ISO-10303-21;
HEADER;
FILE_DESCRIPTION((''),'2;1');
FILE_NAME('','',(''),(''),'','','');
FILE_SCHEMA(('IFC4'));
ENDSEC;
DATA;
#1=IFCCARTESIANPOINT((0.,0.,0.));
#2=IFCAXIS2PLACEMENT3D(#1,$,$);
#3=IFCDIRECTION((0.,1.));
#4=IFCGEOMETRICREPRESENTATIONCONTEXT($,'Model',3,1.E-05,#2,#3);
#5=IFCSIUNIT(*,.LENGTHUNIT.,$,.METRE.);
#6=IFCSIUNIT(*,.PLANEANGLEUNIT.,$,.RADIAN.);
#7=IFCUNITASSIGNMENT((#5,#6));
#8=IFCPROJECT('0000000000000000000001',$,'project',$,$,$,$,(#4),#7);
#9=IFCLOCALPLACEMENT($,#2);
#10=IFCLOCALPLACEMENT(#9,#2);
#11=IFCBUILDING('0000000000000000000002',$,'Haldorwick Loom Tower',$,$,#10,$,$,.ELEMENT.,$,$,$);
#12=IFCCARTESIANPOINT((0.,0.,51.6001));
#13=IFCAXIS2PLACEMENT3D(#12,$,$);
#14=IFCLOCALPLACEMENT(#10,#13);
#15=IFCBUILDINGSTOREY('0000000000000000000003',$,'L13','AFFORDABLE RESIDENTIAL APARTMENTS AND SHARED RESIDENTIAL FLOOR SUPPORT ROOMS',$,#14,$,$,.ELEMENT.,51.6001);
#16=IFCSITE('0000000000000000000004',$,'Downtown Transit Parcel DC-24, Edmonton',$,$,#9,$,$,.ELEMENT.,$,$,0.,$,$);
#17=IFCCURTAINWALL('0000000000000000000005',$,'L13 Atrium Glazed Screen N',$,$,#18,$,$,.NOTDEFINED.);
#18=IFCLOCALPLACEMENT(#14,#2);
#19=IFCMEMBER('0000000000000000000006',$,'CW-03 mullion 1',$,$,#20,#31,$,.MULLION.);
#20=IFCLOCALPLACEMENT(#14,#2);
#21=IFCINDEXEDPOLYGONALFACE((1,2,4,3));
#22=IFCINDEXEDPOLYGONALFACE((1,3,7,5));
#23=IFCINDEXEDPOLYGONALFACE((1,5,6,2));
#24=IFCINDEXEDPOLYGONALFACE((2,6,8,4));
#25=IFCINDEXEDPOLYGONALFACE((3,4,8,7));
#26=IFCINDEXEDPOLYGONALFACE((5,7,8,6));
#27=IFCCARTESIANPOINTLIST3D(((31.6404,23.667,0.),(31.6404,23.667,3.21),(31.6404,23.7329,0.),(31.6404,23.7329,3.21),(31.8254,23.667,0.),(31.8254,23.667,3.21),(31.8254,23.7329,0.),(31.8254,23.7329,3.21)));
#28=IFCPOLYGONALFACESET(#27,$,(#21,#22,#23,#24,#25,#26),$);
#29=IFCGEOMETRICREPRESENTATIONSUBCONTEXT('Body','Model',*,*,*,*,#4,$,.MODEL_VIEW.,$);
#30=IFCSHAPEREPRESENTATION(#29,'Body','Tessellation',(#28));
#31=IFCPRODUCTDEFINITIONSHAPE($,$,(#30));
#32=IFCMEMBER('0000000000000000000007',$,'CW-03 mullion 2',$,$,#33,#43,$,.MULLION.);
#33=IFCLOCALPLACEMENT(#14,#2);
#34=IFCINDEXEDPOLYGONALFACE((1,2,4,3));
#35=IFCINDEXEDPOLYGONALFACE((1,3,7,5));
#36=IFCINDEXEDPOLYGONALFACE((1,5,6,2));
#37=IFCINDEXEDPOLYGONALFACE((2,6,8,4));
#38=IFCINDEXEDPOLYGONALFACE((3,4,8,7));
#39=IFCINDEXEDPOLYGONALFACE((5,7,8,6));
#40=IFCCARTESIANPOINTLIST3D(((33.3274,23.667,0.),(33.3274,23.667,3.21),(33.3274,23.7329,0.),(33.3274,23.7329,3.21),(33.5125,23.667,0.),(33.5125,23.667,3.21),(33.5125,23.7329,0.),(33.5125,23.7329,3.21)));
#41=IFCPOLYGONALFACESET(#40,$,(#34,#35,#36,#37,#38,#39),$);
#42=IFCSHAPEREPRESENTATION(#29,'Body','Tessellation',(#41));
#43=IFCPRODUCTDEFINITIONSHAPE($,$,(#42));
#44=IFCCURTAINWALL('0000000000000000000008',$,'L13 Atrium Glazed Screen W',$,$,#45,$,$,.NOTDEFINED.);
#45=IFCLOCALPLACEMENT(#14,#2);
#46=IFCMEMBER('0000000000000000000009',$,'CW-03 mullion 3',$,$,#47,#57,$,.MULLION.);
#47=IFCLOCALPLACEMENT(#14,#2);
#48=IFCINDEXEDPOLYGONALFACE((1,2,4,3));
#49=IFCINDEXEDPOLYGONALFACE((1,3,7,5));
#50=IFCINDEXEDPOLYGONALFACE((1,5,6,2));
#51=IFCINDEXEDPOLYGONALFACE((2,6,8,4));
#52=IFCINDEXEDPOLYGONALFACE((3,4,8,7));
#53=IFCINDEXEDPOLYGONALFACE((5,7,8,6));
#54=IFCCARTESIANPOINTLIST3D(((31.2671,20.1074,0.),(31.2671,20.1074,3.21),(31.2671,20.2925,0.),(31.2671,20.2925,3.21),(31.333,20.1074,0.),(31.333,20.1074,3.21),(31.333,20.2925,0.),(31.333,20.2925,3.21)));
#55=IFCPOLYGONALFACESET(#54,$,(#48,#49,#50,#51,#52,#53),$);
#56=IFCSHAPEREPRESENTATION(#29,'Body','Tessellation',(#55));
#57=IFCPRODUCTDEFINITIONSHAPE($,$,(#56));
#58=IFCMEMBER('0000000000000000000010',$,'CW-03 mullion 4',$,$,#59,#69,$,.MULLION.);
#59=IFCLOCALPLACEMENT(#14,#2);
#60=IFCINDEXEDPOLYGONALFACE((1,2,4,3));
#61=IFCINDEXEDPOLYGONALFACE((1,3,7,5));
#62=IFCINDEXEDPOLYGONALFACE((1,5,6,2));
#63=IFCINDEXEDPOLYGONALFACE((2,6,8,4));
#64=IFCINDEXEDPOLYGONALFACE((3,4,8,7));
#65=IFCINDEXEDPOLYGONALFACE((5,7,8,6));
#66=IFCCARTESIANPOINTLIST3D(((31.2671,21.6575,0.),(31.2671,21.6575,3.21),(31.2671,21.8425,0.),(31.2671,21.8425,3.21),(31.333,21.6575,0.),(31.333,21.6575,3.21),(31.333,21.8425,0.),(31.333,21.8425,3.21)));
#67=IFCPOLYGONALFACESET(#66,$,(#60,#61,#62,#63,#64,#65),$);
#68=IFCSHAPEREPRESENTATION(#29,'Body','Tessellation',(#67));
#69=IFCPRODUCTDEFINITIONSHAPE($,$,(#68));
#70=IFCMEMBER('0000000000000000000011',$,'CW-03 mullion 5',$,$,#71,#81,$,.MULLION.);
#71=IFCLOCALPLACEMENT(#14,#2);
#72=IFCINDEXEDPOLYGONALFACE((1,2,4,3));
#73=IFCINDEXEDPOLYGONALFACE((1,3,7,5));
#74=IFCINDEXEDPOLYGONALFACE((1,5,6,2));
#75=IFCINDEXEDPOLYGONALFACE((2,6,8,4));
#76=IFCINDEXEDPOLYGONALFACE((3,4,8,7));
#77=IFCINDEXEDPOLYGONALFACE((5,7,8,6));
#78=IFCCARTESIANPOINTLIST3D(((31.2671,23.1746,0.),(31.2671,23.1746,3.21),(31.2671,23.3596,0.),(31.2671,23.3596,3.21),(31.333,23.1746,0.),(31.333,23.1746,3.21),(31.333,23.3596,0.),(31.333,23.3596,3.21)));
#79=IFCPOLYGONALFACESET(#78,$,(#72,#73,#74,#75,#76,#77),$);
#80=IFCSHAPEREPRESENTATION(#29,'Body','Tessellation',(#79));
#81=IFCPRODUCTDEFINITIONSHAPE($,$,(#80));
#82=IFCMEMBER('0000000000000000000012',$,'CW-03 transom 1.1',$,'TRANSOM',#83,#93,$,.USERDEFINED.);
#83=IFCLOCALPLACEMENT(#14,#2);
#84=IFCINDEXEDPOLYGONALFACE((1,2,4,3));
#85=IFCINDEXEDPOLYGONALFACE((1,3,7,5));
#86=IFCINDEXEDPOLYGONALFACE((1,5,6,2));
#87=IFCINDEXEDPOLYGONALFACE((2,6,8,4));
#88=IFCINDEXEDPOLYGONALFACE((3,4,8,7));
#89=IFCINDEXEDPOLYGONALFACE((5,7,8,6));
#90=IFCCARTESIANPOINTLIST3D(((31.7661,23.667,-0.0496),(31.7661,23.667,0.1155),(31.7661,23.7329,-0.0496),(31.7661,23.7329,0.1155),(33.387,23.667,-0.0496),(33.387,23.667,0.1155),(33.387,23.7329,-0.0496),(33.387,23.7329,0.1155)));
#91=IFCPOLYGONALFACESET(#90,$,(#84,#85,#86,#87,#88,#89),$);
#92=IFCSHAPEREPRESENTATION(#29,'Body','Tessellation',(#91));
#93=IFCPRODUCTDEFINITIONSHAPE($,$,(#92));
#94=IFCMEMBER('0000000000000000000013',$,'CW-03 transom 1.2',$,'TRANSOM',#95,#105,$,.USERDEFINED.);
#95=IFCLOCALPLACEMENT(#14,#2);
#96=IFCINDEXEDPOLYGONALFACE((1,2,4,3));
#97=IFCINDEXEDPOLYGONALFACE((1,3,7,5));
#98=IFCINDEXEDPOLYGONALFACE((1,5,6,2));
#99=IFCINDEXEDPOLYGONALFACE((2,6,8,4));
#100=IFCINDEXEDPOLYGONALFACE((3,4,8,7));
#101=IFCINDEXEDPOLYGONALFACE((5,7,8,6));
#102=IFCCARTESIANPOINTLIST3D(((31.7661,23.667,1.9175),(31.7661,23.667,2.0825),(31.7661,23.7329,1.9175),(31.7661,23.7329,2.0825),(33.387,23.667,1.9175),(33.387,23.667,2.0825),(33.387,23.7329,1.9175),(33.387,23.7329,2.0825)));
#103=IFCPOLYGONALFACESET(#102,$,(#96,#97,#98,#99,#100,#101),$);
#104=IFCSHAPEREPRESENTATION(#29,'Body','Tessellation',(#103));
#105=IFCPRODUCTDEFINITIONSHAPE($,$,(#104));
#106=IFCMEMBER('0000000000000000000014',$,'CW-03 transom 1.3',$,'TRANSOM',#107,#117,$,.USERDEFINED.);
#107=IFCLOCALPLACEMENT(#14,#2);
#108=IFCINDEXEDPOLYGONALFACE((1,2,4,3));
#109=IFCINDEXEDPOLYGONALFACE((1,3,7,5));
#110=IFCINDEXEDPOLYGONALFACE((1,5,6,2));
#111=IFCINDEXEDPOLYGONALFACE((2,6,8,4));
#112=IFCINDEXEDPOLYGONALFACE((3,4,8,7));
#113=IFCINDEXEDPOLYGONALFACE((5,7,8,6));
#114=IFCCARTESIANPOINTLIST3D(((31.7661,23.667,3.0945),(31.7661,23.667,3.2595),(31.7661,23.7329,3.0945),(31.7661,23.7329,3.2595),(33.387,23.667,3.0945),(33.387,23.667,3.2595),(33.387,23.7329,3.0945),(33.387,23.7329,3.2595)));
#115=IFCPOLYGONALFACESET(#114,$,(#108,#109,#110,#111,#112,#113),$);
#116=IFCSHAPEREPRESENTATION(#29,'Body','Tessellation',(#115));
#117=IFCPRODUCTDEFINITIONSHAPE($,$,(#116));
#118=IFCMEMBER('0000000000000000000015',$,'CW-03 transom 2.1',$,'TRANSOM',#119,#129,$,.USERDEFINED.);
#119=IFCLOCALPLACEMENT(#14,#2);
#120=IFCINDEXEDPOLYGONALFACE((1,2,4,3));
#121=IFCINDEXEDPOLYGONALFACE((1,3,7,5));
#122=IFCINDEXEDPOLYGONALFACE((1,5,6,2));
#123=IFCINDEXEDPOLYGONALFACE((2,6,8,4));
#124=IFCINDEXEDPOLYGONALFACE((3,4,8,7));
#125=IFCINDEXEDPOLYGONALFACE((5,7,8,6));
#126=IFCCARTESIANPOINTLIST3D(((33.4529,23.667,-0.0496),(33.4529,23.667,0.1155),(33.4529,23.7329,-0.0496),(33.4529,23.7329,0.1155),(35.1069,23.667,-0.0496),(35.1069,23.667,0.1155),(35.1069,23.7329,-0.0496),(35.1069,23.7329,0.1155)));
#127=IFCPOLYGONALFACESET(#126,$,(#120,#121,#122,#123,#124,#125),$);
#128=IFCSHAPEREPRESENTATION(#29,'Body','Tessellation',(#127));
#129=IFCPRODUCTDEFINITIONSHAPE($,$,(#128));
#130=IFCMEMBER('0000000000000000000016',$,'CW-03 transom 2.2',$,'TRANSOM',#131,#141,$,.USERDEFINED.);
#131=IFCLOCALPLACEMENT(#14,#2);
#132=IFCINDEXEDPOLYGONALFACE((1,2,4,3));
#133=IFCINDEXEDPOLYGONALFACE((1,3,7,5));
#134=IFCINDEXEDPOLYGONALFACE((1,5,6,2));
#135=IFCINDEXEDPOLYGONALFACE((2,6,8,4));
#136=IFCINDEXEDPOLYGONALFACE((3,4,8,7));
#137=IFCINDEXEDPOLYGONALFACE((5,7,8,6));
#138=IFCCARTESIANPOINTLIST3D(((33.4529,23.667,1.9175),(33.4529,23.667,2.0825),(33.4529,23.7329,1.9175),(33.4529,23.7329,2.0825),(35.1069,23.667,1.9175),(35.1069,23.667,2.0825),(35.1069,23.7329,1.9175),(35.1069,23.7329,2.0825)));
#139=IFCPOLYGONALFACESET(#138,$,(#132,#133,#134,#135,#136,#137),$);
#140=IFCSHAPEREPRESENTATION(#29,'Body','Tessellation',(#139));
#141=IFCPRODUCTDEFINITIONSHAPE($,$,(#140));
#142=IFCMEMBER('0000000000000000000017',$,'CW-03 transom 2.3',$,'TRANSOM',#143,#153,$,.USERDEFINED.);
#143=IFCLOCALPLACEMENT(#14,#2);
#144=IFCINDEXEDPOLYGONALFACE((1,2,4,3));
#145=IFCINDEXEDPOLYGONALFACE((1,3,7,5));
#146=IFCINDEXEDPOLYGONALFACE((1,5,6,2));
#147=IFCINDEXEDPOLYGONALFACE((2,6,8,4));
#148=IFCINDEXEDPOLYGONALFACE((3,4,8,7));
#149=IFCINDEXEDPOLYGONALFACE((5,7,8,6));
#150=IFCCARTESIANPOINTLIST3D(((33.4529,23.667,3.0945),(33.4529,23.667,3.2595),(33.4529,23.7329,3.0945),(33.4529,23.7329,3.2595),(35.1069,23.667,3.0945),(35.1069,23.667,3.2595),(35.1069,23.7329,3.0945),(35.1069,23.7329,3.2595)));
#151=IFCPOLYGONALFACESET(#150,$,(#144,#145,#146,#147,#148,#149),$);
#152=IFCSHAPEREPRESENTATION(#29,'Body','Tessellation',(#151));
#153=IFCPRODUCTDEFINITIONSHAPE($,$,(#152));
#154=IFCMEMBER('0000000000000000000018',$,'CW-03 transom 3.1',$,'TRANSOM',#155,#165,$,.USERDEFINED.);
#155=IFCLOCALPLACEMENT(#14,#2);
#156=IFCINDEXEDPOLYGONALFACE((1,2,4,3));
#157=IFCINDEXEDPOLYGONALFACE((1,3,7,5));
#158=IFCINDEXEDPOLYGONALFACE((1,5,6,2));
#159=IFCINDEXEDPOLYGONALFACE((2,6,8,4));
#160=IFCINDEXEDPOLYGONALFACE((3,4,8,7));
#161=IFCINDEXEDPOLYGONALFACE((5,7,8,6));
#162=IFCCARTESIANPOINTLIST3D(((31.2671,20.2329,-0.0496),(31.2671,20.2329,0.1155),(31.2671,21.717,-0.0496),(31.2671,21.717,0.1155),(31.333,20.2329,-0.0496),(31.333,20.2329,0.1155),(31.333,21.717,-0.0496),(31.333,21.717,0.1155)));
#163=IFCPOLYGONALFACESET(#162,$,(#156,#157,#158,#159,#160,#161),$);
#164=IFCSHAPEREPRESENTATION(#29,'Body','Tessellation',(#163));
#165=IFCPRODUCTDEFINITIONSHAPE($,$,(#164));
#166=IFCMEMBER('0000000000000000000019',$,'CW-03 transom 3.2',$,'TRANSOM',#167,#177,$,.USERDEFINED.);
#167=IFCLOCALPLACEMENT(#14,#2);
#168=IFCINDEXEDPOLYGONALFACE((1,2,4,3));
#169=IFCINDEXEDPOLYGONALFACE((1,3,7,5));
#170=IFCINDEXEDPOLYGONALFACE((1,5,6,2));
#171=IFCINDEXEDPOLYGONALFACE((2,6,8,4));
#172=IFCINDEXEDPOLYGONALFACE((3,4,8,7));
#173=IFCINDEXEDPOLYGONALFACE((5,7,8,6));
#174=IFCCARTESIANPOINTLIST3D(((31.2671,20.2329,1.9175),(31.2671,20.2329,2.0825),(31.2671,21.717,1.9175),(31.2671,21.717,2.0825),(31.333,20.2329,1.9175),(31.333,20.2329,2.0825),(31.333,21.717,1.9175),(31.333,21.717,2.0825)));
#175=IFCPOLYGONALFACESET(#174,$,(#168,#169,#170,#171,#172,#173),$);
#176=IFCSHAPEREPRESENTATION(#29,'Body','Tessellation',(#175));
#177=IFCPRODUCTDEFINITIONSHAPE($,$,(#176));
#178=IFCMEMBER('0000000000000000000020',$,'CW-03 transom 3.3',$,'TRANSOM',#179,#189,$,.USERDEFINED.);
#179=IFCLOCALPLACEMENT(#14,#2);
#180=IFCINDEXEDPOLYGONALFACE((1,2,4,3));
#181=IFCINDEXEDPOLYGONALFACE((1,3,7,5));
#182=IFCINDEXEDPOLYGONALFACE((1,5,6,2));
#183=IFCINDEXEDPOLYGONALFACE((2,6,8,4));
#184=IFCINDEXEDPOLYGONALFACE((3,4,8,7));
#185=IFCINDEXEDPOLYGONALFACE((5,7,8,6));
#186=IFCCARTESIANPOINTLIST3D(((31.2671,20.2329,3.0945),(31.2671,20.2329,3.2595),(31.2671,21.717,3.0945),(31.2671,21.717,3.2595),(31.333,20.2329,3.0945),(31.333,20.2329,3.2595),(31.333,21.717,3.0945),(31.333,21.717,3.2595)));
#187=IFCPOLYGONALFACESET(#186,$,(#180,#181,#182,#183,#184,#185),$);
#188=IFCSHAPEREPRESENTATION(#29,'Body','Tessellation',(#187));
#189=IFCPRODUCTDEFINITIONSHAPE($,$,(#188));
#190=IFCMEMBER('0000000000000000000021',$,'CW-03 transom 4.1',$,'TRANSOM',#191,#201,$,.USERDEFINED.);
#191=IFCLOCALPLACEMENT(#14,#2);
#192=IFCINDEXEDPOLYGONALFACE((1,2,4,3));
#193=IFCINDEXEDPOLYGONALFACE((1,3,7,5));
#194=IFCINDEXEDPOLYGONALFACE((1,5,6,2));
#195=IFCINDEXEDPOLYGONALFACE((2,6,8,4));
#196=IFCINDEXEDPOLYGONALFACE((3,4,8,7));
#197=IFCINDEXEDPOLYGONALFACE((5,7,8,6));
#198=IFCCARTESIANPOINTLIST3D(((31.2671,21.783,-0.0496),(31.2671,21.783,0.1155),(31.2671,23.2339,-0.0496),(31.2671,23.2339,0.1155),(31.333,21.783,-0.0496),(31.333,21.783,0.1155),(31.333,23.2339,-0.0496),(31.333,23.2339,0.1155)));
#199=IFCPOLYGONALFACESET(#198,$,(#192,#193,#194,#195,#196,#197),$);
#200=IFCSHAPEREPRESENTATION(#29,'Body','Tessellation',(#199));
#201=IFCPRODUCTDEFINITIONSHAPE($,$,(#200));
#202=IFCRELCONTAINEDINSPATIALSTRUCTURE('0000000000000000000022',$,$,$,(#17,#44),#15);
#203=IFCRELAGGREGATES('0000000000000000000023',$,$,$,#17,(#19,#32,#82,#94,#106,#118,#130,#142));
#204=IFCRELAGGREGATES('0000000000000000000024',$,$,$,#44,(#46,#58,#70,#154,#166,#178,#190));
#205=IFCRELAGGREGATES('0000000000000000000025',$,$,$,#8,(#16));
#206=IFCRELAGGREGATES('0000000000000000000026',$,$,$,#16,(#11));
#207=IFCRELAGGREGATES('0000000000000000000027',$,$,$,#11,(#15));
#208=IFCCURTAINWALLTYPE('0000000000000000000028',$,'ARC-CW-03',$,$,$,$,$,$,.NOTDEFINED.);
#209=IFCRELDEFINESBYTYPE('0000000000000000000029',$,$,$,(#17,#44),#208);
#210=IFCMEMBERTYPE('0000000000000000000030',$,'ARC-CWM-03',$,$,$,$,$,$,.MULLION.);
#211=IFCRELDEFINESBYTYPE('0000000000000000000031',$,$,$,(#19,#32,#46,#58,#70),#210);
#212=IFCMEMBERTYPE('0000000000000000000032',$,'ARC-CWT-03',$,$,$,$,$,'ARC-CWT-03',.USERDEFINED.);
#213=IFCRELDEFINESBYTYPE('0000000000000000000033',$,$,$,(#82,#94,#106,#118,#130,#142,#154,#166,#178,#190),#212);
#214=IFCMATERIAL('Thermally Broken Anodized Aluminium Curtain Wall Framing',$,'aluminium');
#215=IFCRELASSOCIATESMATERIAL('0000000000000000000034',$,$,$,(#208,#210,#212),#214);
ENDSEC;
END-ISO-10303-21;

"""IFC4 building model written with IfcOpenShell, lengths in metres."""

from ifc_helpers import new_model, si_unit, direction, frame, origin, origin_2d, place, context, subcontext, project, spatial, rectangle, extrude, material, material_profile, profile_set, type_object, element, aggregate, save


model = new_model("IFC4")

# Units and contexts
model_context = context("Model", 3, precision=1e-05, world=origin(), true_north=direction((0.0, 1.0)))
body_context = subcontext(model_context, "Body", "Model", "MODEL_VIEW")
ifc_project = project(units=[si_unit("LENGTHUNIT", "METRE"), si_unit("PLANEANGLEUNIT", "RADIAN")], contexts=[model_context])

# Site, building, storey
site_placement = place(None, origin())
site = spatial("IfcSite", under=ifc_project, at=site_placement, Name="Downtown Transit Parcel DC-24, Edmonton", CompositionType="ELEMENT", RefElevation=0.0)
building_placement = place(site_placement, origin())
building = spatial("IfcBuilding", under=site, at=building_placement, Name="Haldorwick Loom Tower", CompositionType="ELEMENT")
storey_placement = place(building_placement, frame((0.0, 0.0, 51.6001)))
storey = spatial("IfcBuildingStorey", under=building, at=storey_placement, Name="L13", Description="AFFORDABLE RESIDENTIAL APARTMENTS AND SHARED RESIDENTIAL FLOOR SUPPORT ROOMS", CompositionType="ELEMENT", Elevation=51.6001)

# Curtain walls, members
ifc_material_1 = material(Name="Thermally Broken Anodized Aluminium Curtain Wall Framing", Category="aluminium")
curtain_wall_type = type_object("IfcCurtainWallType", Name="ARC-CW-03", PredefinedType="NOTDEFINED", material=ifc_material_1)
curtain_wall_1_placement = place(storey_placement, origin())
curtain_wall_1 = element("IfcCurtainWall", 1, at=curtain_wall_1_placement, inside=storey, type_object=curtain_wall_type, Name="L13 Atrium Glazed Screen N", PredefinedType="NOTDEFINED")
ifc_material_profile_1 = material_profile(ifc_material_1, rectangle(XDim=0.0659, YDim=0.1851, at=origin_2d()), Name="ALU_MUL_66X185", Category="aluminium")
ifc_profile_set_1 = profile_set([ifc_material_profile_1], Name="Thermally Broken Anodized Aluminium Curtain Wall Framing")
member_type_1 = type_object("IfcMemberType", Name="ARC-CWM-03", PredefinedType="MULLION", material=ifc_profile_set_1)
member_1_placement = place(storey_placement, frame((31.7329, 23.7, 0.0), z_axis=(0.0, 0.0, 1.0), x_axis=(0.0, 1.0, 0.0)))
member_1 = element("IfcMember", 2, at=member_1_placement, type_object=member_type_1, Name="CW-03 mullion 1", PredefinedType="MULLION", context=body_context, shape_type="SweptSolid", body=[
    extrude(rectangle(XDim=0.0659, YDim=0.1851, at=origin_2d()), origin(), (0.0, 0.0, 1.0), 3.21),
])
member_2_placement = place(storey_placement, frame((33.4199, 23.7, 0.0), z_axis=(0.0, 0.0, 1.0), x_axis=(0.0, 1.0, 0.0)))
member_2 = element("IfcMember", 3, at=member_2_placement, type_object=member_type_1, Name="CW-03 mullion 2", PredefinedType="MULLION", context=body_context, shape_type="SweptSolid", body=[
    extrude(rectangle(XDim=0.0659, YDim=0.1851, at=origin_2d()), origin(), (0.0, 0.0, 1.0), 3.21),
])
curtain_wall_2_placement = place(storey_placement, origin())
curtain_wall_2 = element("IfcCurtainWall", 4, at=curtain_wall_2_placement, inside=storey, type_object=curtain_wall_type, Name="L13 Atrium Glazed Screen W", PredefinedType="NOTDEFINED")
member_3_placement = place(storey_placement, frame((31.3, 20.2, 0.0), z_axis=(0.0, 0.0, 1.0), x_axis=(-1.0, 0.0, 0.0)))
member_3 = element("IfcMember", 5, at=member_3_placement, type_object=member_type_1, Name="CW-03 mullion 3", PredefinedType="MULLION", context=body_context, shape_type="SweptSolid", body=[
    extrude(rectangle(XDim=0.0659, YDim=0.1851, at=origin_2d()), origin(), (0.0, 0.0, 1.0), 3.21),
])
member_4_placement = place(storey_placement, frame((31.3, 21.75, 0.0), z_axis=(0.0, 0.0, 1.0), x_axis=(-1.0, 0.0, 0.0)))
member_4 = element("IfcMember", 6, at=member_4_placement, type_object=member_type_1, Name="CW-03 mullion 4", PredefinedType="MULLION", context=body_context, shape_type="SweptSolid", body=[
    extrude(rectangle(XDim=0.0659, YDim=0.1851, at=origin_2d()), origin(), (0.0, 0.0, 1.0), 3.21),
])
member_5_placement = place(storey_placement, frame((31.3, 23.2671, 0.0), z_axis=(0.0, 0.0, 1.0), x_axis=(-1.0, 0.0, 0.0)))
member_5 = element("IfcMember", 7, at=member_5_placement, type_object=member_type_1, Name="CW-03 mullion 5", PredefinedType="MULLION", context=body_context, shape_type="SweptSolid", body=[
    extrude(rectangle(XDim=0.0659, YDim=0.1851, at=origin_2d()), origin(), (0.0, 0.0, 1.0), 3.21),
])

# Members
ifc_material_profile_2 = material_profile(ifc_material_1, rectangle(XDim=0.0659, YDim=0.165, at=origin_2d()), Name="ALU_TRN_66X165", Category="aluminium")
ifc_profile_set_2 = profile_set([ifc_material_profile_2], Name="Thermally Broken Anodized Aluminium Curtain Wall Framing")
member_type_2 = type_object("IfcMemberType", Name="ARC-CWT-03", ElementType="ARC-CWT-03", PredefinedType="USERDEFINED", material=ifc_profile_set_2)
member_6_placement = place(storey_placement, frame((31.7661, 23.7, 0.033), z_axis=(1.0, 0.0, 0.0), x_axis=(0.0, 1.0, 0.0)))
member_6 = element("IfcMember", 8, at=member_6_placement, type_object=member_type_2, Name="CW-03 transom 1.1", ObjectType="TRANSOM", PredefinedType="USERDEFINED", context=body_context, shape_type="SweptSolid", body=[
    extrude(rectangle(XDim=0.0659, YDim=0.165, at=origin_2d()), origin(), (0.0, 0.0, 1.0), 1.6208),
])
member_7_placement = place(storey_placement, frame((31.7661, 23.7, 2.0), z_axis=(1.0, 0.0, 0.0), x_axis=(0.0, 1.0, 0.0)))
member_7 = element("IfcMember", 9, at=member_7_placement, type_object=member_type_2, Name="CW-03 transom 1.2", ObjectType="TRANSOM", PredefinedType="USERDEFINED", context=body_context, shape_type="SweptSolid", body=[
    extrude(rectangle(XDim=0.0659, YDim=0.165, at=origin_2d()), origin(), (0.0, 0.0, 1.0), 1.6208),
])
member_8_placement = place(storey_placement, frame((31.7661, 23.7, 3.177), z_axis=(1.0, 0.0, 0.0), x_axis=(0.0, 1.0, 0.0)))
member_8 = element("IfcMember", 10, at=member_8_placement, type_object=member_type_2, Name="CW-03 transom 1.3", ObjectType="TRANSOM", PredefinedType="USERDEFINED", context=body_context, shape_type="SweptSolid", body=[
    extrude(rectangle(XDim=0.0659, YDim=0.165, at=origin_2d()), origin(), (0.0, 0.0, 1.0), 1.6208),
])
member_9_placement = place(storey_placement, frame((33.4529, 23.7, 0.033), z_axis=(1.0, 0.0, 0.0), x_axis=(0.0, 1.0, 0.0)))
member_9 = element("IfcMember", 11, at=member_9_placement, type_object=member_type_2, Name="CW-03 transom 2.1", ObjectType="TRANSOM", PredefinedType="USERDEFINED", context=body_context, shape_type="SweptSolid", body=[
    extrude(rectangle(XDim=0.0659, YDim=0.165, at=origin_2d()), origin(), (0.0, 0.0, 1.0), 1.6541),
])
member_10_placement = place(storey_placement, frame((33.4529, 23.7, 2.0), z_axis=(1.0, 0.0, 0.0), x_axis=(0.0, 1.0, 0.0)))
member_10 = element("IfcMember", 12, at=member_10_placement, type_object=member_type_2, Name="CW-03 transom 2.2", ObjectType="TRANSOM", PredefinedType="USERDEFINED", context=body_context, shape_type="SweptSolid", body=[
    extrude(rectangle(XDim=0.0659, YDim=0.165, at=origin_2d()), origin(), (0.0, 0.0, 1.0), 1.6541),
])
member_11_placement = place(storey_placement, frame((33.4529, 23.7, 3.177), z_axis=(1.0, 0.0, 0.0), x_axis=(0.0, 1.0, 0.0)))
member_11 = element("IfcMember", 13, at=member_11_placement, type_object=member_type_2, Name="CW-03 transom 2.3", ObjectType="TRANSOM", PredefinedType="USERDEFINED", context=body_context, shape_type="SweptSolid", body=[
    extrude(rectangle(XDim=0.0659, YDim=0.165, at=origin_2d()), origin(), (0.0, 0.0, 1.0), 1.6541),
])
member_12_placement = place(storey_placement, frame((31.3, 20.2329, 0.033), z_axis=(0.0, 1.0, 0.0), x_axis=(-1.0, 0.0, 0.0)))
member_12 = element("IfcMember", 14, at=member_12_placement, type_object=member_type_2, Name="CW-03 transom 3.1", ObjectType="TRANSOM", PredefinedType="USERDEFINED", context=body_context, shape_type="SweptSolid", body=[
    extrude(rectangle(XDim=0.0659, YDim=0.165, at=origin_2d()), origin(), (0.0, 0.0, 1.0), 1.4841),
])
member_13_placement = place(storey_placement, frame((31.3, 20.2329, 2.0), z_axis=(0.0, 1.0, 0.0), x_axis=(-1.0, 0.0, 0.0)))
member_13 = element("IfcMember", 15, at=member_13_placement, type_object=member_type_2, Name="CW-03 transom 3.2", ObjectType="TRANSOM", PredefinedType="USERDEFINED", context=body_context, shape_type="SweptSolid", body=[
    extrude(rectangle(XDim=0.0659, YDim=0.165, at=origin_2d()), origin(), (0.0, 0.0, 1.0), 1.4841),
])
member_14_placement = place(storey_placement, frame((31.3, 20.2329, 3.177), z_axis=(0.0, 1.0, 0.0), x_axis=(-1.0, 0.0, 0.0)))
member_14 = element("IfcMember", 16, at=member_14_placement, type_object=member_type_2, Name="CW-03 transom 3.3", ObjectType="TRANSOM", PredefinedType="USERDEFINED", context=body_context, shape_type="SweptSolid", body=[
    extrude(rectangle(XDim=0.0659, YDim=0.165, at=origin_2d()), origin(), (0.0, 0.0, 1.0), 1.4841),
])
member_15_placement = place(storey_placement, frame((31.3, 21.783, 0.033), z_axis=(0.0, 1.0, 0.0), x_axis=(-1.0, 0.0, 0.0)))
member_15 = element("IfcMember", 17, at=member_15_placement, type_object=member_type_2, Name="CW-03 transom 4.1", ObjectType="TRANSOM", PredefinedType="USERDEFINED", context=body_context, shape_type="SweptSolid", body=[
    extrude(rectangle(XDim=0.0659, YDim=0.165, at=origin_2d()), origin(), (0.0, 0.0, 1.0), 1.4509),
])

aggregate(curtain_wall_1, [member_1, member_2, member_6, member_7, member_8, member_9, member_10, member_11])
aggregate(curtain_wall_2, [member_3, member_4, member_5, member_12, member_13, member_14, member_15])

save(model, "model.ifc")
